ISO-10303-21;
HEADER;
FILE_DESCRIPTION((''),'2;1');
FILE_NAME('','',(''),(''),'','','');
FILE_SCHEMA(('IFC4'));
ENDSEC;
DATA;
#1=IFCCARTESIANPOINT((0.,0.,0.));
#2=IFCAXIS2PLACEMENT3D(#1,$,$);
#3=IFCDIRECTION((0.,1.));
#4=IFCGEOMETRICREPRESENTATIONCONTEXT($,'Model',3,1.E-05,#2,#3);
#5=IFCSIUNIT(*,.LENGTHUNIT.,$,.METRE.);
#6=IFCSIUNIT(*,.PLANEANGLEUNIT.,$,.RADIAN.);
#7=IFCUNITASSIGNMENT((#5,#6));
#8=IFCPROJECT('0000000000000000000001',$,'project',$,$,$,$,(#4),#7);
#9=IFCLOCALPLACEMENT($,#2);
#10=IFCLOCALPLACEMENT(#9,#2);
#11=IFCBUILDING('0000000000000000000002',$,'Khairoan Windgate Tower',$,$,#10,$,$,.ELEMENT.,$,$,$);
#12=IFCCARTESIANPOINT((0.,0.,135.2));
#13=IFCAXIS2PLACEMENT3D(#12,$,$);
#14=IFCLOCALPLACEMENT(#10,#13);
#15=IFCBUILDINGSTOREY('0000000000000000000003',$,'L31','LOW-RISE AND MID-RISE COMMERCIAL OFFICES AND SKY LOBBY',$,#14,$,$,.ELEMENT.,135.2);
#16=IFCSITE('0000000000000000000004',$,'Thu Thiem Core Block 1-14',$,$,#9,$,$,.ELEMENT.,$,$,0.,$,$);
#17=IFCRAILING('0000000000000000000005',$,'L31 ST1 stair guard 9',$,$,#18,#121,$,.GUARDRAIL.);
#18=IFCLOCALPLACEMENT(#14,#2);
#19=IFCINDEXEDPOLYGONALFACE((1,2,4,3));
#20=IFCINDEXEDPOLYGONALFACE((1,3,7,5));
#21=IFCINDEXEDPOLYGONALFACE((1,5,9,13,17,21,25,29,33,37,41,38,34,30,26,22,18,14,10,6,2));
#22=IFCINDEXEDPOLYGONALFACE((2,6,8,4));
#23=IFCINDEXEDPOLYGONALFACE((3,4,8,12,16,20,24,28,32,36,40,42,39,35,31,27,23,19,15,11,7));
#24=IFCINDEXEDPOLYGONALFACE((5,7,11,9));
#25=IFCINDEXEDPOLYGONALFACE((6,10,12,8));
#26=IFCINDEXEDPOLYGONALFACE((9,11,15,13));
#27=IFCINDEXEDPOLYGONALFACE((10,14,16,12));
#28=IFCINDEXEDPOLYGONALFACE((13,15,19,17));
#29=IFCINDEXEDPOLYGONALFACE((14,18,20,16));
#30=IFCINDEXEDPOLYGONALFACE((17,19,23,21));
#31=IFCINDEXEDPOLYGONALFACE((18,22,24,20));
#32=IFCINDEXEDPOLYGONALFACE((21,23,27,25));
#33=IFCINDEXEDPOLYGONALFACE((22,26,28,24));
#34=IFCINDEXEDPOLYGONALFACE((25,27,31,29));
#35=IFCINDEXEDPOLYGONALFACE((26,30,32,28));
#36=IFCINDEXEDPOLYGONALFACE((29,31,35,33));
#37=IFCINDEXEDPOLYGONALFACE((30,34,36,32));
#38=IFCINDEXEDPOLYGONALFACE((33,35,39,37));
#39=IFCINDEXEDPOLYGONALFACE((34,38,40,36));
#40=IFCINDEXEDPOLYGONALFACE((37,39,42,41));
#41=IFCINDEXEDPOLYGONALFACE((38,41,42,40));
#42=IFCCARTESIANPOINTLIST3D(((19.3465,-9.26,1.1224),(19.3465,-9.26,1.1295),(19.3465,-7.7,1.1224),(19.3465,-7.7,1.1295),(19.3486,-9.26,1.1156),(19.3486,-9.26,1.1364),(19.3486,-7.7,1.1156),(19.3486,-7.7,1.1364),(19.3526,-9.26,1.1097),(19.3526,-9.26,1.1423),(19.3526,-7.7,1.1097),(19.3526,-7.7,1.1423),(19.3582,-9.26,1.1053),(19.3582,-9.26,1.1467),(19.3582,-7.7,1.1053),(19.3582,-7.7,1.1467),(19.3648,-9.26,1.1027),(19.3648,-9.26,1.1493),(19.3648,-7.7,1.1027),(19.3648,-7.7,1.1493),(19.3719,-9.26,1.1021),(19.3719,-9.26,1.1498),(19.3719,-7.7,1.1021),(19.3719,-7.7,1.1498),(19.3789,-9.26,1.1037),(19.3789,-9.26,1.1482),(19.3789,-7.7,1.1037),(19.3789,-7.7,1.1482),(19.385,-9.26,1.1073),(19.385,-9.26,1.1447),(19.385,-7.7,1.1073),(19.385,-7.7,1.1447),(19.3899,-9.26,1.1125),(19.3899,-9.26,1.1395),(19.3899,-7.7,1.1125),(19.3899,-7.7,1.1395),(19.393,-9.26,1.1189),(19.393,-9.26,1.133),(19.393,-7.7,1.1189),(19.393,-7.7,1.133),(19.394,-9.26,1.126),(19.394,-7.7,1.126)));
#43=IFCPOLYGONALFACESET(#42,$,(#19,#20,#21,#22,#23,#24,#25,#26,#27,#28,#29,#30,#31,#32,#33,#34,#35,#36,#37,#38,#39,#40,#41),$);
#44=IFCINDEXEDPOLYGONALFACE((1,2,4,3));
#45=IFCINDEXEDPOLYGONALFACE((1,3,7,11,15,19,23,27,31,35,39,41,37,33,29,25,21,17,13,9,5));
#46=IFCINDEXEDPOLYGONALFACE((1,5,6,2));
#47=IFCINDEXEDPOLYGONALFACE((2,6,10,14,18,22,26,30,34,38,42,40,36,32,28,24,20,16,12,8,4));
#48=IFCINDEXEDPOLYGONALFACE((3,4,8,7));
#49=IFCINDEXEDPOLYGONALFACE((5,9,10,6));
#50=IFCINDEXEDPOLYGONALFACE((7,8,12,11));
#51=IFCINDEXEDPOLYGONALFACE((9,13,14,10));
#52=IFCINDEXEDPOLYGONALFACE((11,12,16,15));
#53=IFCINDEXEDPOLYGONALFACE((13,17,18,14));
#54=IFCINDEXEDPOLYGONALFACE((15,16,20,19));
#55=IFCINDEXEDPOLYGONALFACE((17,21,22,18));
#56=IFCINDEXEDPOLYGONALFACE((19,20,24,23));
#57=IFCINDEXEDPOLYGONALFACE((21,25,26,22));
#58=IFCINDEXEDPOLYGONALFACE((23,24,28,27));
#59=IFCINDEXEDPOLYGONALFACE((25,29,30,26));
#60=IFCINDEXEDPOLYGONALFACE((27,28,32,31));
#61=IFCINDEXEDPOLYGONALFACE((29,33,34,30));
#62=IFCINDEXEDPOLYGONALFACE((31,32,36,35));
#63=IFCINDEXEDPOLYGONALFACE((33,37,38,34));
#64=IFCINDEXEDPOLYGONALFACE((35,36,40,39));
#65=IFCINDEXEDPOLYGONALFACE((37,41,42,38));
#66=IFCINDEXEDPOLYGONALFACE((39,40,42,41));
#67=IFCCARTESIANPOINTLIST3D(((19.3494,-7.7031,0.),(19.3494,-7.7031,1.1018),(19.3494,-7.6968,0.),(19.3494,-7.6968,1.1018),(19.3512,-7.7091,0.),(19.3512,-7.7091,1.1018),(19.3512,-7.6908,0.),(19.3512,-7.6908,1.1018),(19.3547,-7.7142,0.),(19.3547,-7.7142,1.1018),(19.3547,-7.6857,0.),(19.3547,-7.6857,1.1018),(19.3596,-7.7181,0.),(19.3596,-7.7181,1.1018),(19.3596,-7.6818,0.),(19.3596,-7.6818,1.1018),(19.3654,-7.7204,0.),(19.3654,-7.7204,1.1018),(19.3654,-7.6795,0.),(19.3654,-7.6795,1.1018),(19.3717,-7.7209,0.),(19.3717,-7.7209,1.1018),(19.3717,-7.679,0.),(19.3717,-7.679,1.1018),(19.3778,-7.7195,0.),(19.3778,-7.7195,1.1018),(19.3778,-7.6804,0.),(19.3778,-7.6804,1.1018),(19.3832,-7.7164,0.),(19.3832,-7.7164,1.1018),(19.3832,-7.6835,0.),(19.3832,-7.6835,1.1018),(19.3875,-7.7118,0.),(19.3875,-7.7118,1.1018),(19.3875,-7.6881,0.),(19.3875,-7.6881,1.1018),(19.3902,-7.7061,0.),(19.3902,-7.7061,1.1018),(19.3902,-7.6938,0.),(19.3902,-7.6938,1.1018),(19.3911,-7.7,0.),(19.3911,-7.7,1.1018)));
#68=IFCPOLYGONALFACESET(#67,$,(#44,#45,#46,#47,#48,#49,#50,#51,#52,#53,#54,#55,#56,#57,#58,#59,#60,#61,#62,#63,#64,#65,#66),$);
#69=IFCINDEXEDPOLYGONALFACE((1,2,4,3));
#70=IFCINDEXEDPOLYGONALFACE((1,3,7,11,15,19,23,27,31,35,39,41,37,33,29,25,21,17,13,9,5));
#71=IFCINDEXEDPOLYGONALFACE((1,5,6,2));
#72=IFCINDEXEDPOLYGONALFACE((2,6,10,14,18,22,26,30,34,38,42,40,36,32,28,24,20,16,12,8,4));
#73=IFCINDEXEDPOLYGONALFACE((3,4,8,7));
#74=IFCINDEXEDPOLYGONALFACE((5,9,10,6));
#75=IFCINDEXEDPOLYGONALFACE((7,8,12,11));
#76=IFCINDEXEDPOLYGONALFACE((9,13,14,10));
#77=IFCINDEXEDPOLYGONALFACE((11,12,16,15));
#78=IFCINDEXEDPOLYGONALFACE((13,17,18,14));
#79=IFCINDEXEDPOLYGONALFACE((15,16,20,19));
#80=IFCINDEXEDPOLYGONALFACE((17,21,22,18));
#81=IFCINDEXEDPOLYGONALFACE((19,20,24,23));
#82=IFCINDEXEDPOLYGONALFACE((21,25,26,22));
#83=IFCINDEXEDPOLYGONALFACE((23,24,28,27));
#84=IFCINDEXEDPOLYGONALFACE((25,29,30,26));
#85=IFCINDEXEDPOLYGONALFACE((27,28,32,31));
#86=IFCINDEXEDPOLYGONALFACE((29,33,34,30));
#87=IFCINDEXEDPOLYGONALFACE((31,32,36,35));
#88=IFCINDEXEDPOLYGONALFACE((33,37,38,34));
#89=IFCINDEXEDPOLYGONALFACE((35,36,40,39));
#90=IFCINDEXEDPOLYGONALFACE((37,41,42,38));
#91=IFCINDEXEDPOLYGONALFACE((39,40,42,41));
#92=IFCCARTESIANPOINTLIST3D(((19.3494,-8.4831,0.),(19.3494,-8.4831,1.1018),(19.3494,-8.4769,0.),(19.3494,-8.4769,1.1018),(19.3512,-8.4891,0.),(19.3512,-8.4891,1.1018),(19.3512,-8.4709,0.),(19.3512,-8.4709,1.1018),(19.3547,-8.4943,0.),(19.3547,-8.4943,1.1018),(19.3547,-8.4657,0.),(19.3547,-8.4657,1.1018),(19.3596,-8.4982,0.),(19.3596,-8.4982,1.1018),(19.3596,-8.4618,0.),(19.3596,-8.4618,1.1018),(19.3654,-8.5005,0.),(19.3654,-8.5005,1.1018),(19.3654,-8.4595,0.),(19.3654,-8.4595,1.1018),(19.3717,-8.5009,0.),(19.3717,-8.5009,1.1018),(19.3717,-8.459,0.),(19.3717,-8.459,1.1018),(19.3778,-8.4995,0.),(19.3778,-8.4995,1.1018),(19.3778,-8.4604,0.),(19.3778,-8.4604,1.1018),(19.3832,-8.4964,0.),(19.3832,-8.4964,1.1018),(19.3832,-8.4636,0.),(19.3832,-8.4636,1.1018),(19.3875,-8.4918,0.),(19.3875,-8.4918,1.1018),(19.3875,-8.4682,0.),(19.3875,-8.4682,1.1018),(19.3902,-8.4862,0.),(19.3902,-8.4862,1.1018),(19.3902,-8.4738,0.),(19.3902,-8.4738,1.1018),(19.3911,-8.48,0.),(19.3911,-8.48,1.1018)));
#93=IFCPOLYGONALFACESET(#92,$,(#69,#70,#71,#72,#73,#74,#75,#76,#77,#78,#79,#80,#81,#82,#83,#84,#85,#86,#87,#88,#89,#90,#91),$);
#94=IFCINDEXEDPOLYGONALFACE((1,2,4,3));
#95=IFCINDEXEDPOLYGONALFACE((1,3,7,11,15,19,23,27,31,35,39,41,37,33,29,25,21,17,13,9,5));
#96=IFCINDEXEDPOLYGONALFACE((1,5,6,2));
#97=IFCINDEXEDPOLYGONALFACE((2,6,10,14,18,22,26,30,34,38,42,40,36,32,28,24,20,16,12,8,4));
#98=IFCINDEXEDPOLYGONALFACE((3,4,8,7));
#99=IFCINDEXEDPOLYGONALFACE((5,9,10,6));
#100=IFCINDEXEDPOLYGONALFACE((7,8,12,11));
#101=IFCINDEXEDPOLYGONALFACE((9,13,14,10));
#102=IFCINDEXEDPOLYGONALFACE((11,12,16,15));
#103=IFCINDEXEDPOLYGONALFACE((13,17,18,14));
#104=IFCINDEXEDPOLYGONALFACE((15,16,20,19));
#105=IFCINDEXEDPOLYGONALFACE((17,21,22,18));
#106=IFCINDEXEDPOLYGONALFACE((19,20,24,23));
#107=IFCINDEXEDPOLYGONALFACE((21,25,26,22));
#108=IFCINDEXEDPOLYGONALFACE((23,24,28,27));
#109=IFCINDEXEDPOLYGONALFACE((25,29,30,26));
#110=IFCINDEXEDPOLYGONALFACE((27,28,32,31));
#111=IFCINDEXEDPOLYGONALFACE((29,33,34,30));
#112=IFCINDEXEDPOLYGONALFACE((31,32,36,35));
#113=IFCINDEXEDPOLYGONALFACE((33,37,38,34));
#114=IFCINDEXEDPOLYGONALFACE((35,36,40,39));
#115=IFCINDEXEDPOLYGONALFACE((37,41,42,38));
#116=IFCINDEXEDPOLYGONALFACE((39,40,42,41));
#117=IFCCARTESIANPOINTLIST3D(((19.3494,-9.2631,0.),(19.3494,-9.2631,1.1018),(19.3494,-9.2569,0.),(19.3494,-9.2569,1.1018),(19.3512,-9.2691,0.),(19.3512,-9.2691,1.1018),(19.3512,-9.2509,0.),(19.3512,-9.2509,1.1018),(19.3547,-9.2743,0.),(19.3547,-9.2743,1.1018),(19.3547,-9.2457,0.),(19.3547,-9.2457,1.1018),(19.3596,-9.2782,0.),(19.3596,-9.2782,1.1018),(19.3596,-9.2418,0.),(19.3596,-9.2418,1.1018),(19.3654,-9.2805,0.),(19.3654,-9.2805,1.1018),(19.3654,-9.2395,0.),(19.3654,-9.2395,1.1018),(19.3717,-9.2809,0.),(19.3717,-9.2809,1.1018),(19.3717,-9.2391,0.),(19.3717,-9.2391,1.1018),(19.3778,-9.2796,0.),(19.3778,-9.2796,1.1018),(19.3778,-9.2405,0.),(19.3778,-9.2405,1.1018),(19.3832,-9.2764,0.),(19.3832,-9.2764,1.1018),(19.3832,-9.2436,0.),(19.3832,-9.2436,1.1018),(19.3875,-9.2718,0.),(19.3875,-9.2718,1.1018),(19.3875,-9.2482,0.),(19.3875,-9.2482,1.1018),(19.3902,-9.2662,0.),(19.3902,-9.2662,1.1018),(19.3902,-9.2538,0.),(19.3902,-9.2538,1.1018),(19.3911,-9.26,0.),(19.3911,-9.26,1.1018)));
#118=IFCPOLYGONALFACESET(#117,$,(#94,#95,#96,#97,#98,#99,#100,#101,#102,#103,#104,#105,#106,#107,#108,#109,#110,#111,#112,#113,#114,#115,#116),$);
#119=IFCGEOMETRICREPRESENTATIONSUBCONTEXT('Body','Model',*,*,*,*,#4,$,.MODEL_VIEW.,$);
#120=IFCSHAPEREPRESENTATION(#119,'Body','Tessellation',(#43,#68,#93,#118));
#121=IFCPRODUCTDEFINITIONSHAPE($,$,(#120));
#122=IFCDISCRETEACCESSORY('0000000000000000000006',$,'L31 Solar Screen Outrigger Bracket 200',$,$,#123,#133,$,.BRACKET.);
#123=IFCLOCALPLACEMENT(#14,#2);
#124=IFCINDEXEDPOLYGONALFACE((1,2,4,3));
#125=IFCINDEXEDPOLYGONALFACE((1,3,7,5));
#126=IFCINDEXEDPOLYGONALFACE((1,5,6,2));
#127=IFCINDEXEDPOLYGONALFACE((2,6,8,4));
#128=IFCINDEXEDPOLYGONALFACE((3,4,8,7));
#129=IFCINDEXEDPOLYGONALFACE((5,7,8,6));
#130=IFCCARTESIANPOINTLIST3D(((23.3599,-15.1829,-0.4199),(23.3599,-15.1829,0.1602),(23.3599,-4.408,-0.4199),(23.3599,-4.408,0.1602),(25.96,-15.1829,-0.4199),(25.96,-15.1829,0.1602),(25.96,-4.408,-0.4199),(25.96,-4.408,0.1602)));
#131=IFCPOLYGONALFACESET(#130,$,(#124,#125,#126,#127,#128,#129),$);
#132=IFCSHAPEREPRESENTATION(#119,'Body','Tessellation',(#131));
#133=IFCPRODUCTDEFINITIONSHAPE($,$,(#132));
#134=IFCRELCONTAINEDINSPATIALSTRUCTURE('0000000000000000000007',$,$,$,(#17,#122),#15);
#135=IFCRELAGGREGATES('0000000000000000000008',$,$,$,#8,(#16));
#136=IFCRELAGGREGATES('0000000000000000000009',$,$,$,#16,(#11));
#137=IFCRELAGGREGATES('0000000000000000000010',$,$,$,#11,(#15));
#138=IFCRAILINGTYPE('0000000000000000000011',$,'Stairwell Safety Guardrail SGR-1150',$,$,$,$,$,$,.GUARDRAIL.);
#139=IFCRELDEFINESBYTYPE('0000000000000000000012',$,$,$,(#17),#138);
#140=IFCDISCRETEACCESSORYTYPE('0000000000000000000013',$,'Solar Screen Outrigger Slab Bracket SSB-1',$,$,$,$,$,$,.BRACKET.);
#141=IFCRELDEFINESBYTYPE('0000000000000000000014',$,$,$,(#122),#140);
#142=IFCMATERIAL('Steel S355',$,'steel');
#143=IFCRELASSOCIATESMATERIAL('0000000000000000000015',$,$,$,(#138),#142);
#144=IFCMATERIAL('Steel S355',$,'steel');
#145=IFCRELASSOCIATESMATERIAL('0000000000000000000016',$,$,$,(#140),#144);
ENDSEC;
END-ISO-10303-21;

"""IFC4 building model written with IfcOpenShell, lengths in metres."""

from ifc_helpers import new_model, si_unit, direction, frame, origin, origin_2d, place, context, subcontext, project, spatial, rectangle, circle, extrude, material, type_object, element, save


model = new_model("IFC4")

# Units and contexts
model_context = context("Model", 3, precision=1e-05, world=origin(), true_north=direction((0.0, 1.0)))
body_context = subcontext(model_context, "Body", "Model", "MODEL_VIEW")
ifc_project = project(units=[si_unit("LENGTHUNIT", "METRE"), si_unit("PLANEANGLEUNIT", "RADIAN")], contexts=[model_context])

# Site, building, storey
site_placement = place(None, origin())
site = spatial("IfcSite", under=ifc_project, at=site_placement, Name="Thu Thiem Core Block 1-14", CompositionType="ELEMENT", RefElevation=0.0)
building_placement = place(site_placement, origin())
building = spatial("IfcBuilding", under=site, at=building_placement, Name="Khairoan Windgate Tower", CompositionType="ELEMENT")
storey_placement = place(building_placement, frame((0.0, 0.0, 135.2)))
storey = spatial("IfcBuildingStorey", under=building, at=storey_placement, Name="L31", Description="LOW-RISE AND MID-RISE COMMERCIAL OFFICES AND SKY LOBBY", CompositionType="ELEMENT", Elevation=135.2)

# Railing
ifc_material_1 = material(Name="Steel S355", Category="steel")
railing_type_1 = type_object("IfcRailingType", Name="Stairwell Safety Guardrail SGR-1150", PredefinedType="GUARDRAIL", material=ifc_material_1)
for number, where, name in (
    (1, (19.3701, -7.7, 0.0), "L31 ST1 stair guard 9"),
):
    element("IfcRailing", number, at=place(storey_placement, frame(where)), inside=storey, type_object=railing_type_1, Name=name, PredefinedType="GUARDRAIL", context=body_context, shape_type="SweptSolid", body=[
        extrude(circle(Radius=0.0239, at=origin_2d()), frame((0.0, 0.0, 1.126), z_axis=(0.0, -1.0, 0.0), x_axis=(1.0, 0.0, 0.0)), (0.0, 0.0, 1.0), 1.5601),
        extrude(circle(Radius=0.021, at=origin_2d()), origin(), (0.0, 0.0, 1.0), 1.1018),
        extrude(circle(Radius=0.021, at=origin_2d()), frame((0.0, -0.78, 0.0)), (0.0, 0.0, 1.0), 1.1018),
        extrude(circle(Radius=0.021, at=origin_2d()), frame((0.0, -1.5601, 0.0)), (0.0, 0.0, 1.0), 1.1018),
    ])

# Discrete accessory
ifc_material_2 = material(Name="Steel S355", Category="steel")
discrete_accessory_type = type_object("IfcDiscreteAccessoryType", Name="Solar Screen Outrigger Slab Bracket SSB-1", PredefinedType="BRACKET", material=ifc_material_2)
discrete_accessory_placement = place(storey_placement, frame((24.6599, -9.7954, -0.4199), z_axis=(0.0, 0.0, 1.0), x_axis=(0.0, -1.0, 0.0)))
element("IfcDiscreteAccessory", 2, at=discrete_accessory_placement, inside=storey, type_object=discrete_accessory_type, Name="L31 Solar Screen Outrigger Bracket 200", PredefinedType="BRACKET", context=body_context, shape_type="SweptSolid", body=[
    extrude(rectangle(XDim=10.7749, YDim=2.6001, at=origin_2d()), origin(), (0.0, 0.0, 1.0), 0.5801),
])

save(model, "model.ifc")
